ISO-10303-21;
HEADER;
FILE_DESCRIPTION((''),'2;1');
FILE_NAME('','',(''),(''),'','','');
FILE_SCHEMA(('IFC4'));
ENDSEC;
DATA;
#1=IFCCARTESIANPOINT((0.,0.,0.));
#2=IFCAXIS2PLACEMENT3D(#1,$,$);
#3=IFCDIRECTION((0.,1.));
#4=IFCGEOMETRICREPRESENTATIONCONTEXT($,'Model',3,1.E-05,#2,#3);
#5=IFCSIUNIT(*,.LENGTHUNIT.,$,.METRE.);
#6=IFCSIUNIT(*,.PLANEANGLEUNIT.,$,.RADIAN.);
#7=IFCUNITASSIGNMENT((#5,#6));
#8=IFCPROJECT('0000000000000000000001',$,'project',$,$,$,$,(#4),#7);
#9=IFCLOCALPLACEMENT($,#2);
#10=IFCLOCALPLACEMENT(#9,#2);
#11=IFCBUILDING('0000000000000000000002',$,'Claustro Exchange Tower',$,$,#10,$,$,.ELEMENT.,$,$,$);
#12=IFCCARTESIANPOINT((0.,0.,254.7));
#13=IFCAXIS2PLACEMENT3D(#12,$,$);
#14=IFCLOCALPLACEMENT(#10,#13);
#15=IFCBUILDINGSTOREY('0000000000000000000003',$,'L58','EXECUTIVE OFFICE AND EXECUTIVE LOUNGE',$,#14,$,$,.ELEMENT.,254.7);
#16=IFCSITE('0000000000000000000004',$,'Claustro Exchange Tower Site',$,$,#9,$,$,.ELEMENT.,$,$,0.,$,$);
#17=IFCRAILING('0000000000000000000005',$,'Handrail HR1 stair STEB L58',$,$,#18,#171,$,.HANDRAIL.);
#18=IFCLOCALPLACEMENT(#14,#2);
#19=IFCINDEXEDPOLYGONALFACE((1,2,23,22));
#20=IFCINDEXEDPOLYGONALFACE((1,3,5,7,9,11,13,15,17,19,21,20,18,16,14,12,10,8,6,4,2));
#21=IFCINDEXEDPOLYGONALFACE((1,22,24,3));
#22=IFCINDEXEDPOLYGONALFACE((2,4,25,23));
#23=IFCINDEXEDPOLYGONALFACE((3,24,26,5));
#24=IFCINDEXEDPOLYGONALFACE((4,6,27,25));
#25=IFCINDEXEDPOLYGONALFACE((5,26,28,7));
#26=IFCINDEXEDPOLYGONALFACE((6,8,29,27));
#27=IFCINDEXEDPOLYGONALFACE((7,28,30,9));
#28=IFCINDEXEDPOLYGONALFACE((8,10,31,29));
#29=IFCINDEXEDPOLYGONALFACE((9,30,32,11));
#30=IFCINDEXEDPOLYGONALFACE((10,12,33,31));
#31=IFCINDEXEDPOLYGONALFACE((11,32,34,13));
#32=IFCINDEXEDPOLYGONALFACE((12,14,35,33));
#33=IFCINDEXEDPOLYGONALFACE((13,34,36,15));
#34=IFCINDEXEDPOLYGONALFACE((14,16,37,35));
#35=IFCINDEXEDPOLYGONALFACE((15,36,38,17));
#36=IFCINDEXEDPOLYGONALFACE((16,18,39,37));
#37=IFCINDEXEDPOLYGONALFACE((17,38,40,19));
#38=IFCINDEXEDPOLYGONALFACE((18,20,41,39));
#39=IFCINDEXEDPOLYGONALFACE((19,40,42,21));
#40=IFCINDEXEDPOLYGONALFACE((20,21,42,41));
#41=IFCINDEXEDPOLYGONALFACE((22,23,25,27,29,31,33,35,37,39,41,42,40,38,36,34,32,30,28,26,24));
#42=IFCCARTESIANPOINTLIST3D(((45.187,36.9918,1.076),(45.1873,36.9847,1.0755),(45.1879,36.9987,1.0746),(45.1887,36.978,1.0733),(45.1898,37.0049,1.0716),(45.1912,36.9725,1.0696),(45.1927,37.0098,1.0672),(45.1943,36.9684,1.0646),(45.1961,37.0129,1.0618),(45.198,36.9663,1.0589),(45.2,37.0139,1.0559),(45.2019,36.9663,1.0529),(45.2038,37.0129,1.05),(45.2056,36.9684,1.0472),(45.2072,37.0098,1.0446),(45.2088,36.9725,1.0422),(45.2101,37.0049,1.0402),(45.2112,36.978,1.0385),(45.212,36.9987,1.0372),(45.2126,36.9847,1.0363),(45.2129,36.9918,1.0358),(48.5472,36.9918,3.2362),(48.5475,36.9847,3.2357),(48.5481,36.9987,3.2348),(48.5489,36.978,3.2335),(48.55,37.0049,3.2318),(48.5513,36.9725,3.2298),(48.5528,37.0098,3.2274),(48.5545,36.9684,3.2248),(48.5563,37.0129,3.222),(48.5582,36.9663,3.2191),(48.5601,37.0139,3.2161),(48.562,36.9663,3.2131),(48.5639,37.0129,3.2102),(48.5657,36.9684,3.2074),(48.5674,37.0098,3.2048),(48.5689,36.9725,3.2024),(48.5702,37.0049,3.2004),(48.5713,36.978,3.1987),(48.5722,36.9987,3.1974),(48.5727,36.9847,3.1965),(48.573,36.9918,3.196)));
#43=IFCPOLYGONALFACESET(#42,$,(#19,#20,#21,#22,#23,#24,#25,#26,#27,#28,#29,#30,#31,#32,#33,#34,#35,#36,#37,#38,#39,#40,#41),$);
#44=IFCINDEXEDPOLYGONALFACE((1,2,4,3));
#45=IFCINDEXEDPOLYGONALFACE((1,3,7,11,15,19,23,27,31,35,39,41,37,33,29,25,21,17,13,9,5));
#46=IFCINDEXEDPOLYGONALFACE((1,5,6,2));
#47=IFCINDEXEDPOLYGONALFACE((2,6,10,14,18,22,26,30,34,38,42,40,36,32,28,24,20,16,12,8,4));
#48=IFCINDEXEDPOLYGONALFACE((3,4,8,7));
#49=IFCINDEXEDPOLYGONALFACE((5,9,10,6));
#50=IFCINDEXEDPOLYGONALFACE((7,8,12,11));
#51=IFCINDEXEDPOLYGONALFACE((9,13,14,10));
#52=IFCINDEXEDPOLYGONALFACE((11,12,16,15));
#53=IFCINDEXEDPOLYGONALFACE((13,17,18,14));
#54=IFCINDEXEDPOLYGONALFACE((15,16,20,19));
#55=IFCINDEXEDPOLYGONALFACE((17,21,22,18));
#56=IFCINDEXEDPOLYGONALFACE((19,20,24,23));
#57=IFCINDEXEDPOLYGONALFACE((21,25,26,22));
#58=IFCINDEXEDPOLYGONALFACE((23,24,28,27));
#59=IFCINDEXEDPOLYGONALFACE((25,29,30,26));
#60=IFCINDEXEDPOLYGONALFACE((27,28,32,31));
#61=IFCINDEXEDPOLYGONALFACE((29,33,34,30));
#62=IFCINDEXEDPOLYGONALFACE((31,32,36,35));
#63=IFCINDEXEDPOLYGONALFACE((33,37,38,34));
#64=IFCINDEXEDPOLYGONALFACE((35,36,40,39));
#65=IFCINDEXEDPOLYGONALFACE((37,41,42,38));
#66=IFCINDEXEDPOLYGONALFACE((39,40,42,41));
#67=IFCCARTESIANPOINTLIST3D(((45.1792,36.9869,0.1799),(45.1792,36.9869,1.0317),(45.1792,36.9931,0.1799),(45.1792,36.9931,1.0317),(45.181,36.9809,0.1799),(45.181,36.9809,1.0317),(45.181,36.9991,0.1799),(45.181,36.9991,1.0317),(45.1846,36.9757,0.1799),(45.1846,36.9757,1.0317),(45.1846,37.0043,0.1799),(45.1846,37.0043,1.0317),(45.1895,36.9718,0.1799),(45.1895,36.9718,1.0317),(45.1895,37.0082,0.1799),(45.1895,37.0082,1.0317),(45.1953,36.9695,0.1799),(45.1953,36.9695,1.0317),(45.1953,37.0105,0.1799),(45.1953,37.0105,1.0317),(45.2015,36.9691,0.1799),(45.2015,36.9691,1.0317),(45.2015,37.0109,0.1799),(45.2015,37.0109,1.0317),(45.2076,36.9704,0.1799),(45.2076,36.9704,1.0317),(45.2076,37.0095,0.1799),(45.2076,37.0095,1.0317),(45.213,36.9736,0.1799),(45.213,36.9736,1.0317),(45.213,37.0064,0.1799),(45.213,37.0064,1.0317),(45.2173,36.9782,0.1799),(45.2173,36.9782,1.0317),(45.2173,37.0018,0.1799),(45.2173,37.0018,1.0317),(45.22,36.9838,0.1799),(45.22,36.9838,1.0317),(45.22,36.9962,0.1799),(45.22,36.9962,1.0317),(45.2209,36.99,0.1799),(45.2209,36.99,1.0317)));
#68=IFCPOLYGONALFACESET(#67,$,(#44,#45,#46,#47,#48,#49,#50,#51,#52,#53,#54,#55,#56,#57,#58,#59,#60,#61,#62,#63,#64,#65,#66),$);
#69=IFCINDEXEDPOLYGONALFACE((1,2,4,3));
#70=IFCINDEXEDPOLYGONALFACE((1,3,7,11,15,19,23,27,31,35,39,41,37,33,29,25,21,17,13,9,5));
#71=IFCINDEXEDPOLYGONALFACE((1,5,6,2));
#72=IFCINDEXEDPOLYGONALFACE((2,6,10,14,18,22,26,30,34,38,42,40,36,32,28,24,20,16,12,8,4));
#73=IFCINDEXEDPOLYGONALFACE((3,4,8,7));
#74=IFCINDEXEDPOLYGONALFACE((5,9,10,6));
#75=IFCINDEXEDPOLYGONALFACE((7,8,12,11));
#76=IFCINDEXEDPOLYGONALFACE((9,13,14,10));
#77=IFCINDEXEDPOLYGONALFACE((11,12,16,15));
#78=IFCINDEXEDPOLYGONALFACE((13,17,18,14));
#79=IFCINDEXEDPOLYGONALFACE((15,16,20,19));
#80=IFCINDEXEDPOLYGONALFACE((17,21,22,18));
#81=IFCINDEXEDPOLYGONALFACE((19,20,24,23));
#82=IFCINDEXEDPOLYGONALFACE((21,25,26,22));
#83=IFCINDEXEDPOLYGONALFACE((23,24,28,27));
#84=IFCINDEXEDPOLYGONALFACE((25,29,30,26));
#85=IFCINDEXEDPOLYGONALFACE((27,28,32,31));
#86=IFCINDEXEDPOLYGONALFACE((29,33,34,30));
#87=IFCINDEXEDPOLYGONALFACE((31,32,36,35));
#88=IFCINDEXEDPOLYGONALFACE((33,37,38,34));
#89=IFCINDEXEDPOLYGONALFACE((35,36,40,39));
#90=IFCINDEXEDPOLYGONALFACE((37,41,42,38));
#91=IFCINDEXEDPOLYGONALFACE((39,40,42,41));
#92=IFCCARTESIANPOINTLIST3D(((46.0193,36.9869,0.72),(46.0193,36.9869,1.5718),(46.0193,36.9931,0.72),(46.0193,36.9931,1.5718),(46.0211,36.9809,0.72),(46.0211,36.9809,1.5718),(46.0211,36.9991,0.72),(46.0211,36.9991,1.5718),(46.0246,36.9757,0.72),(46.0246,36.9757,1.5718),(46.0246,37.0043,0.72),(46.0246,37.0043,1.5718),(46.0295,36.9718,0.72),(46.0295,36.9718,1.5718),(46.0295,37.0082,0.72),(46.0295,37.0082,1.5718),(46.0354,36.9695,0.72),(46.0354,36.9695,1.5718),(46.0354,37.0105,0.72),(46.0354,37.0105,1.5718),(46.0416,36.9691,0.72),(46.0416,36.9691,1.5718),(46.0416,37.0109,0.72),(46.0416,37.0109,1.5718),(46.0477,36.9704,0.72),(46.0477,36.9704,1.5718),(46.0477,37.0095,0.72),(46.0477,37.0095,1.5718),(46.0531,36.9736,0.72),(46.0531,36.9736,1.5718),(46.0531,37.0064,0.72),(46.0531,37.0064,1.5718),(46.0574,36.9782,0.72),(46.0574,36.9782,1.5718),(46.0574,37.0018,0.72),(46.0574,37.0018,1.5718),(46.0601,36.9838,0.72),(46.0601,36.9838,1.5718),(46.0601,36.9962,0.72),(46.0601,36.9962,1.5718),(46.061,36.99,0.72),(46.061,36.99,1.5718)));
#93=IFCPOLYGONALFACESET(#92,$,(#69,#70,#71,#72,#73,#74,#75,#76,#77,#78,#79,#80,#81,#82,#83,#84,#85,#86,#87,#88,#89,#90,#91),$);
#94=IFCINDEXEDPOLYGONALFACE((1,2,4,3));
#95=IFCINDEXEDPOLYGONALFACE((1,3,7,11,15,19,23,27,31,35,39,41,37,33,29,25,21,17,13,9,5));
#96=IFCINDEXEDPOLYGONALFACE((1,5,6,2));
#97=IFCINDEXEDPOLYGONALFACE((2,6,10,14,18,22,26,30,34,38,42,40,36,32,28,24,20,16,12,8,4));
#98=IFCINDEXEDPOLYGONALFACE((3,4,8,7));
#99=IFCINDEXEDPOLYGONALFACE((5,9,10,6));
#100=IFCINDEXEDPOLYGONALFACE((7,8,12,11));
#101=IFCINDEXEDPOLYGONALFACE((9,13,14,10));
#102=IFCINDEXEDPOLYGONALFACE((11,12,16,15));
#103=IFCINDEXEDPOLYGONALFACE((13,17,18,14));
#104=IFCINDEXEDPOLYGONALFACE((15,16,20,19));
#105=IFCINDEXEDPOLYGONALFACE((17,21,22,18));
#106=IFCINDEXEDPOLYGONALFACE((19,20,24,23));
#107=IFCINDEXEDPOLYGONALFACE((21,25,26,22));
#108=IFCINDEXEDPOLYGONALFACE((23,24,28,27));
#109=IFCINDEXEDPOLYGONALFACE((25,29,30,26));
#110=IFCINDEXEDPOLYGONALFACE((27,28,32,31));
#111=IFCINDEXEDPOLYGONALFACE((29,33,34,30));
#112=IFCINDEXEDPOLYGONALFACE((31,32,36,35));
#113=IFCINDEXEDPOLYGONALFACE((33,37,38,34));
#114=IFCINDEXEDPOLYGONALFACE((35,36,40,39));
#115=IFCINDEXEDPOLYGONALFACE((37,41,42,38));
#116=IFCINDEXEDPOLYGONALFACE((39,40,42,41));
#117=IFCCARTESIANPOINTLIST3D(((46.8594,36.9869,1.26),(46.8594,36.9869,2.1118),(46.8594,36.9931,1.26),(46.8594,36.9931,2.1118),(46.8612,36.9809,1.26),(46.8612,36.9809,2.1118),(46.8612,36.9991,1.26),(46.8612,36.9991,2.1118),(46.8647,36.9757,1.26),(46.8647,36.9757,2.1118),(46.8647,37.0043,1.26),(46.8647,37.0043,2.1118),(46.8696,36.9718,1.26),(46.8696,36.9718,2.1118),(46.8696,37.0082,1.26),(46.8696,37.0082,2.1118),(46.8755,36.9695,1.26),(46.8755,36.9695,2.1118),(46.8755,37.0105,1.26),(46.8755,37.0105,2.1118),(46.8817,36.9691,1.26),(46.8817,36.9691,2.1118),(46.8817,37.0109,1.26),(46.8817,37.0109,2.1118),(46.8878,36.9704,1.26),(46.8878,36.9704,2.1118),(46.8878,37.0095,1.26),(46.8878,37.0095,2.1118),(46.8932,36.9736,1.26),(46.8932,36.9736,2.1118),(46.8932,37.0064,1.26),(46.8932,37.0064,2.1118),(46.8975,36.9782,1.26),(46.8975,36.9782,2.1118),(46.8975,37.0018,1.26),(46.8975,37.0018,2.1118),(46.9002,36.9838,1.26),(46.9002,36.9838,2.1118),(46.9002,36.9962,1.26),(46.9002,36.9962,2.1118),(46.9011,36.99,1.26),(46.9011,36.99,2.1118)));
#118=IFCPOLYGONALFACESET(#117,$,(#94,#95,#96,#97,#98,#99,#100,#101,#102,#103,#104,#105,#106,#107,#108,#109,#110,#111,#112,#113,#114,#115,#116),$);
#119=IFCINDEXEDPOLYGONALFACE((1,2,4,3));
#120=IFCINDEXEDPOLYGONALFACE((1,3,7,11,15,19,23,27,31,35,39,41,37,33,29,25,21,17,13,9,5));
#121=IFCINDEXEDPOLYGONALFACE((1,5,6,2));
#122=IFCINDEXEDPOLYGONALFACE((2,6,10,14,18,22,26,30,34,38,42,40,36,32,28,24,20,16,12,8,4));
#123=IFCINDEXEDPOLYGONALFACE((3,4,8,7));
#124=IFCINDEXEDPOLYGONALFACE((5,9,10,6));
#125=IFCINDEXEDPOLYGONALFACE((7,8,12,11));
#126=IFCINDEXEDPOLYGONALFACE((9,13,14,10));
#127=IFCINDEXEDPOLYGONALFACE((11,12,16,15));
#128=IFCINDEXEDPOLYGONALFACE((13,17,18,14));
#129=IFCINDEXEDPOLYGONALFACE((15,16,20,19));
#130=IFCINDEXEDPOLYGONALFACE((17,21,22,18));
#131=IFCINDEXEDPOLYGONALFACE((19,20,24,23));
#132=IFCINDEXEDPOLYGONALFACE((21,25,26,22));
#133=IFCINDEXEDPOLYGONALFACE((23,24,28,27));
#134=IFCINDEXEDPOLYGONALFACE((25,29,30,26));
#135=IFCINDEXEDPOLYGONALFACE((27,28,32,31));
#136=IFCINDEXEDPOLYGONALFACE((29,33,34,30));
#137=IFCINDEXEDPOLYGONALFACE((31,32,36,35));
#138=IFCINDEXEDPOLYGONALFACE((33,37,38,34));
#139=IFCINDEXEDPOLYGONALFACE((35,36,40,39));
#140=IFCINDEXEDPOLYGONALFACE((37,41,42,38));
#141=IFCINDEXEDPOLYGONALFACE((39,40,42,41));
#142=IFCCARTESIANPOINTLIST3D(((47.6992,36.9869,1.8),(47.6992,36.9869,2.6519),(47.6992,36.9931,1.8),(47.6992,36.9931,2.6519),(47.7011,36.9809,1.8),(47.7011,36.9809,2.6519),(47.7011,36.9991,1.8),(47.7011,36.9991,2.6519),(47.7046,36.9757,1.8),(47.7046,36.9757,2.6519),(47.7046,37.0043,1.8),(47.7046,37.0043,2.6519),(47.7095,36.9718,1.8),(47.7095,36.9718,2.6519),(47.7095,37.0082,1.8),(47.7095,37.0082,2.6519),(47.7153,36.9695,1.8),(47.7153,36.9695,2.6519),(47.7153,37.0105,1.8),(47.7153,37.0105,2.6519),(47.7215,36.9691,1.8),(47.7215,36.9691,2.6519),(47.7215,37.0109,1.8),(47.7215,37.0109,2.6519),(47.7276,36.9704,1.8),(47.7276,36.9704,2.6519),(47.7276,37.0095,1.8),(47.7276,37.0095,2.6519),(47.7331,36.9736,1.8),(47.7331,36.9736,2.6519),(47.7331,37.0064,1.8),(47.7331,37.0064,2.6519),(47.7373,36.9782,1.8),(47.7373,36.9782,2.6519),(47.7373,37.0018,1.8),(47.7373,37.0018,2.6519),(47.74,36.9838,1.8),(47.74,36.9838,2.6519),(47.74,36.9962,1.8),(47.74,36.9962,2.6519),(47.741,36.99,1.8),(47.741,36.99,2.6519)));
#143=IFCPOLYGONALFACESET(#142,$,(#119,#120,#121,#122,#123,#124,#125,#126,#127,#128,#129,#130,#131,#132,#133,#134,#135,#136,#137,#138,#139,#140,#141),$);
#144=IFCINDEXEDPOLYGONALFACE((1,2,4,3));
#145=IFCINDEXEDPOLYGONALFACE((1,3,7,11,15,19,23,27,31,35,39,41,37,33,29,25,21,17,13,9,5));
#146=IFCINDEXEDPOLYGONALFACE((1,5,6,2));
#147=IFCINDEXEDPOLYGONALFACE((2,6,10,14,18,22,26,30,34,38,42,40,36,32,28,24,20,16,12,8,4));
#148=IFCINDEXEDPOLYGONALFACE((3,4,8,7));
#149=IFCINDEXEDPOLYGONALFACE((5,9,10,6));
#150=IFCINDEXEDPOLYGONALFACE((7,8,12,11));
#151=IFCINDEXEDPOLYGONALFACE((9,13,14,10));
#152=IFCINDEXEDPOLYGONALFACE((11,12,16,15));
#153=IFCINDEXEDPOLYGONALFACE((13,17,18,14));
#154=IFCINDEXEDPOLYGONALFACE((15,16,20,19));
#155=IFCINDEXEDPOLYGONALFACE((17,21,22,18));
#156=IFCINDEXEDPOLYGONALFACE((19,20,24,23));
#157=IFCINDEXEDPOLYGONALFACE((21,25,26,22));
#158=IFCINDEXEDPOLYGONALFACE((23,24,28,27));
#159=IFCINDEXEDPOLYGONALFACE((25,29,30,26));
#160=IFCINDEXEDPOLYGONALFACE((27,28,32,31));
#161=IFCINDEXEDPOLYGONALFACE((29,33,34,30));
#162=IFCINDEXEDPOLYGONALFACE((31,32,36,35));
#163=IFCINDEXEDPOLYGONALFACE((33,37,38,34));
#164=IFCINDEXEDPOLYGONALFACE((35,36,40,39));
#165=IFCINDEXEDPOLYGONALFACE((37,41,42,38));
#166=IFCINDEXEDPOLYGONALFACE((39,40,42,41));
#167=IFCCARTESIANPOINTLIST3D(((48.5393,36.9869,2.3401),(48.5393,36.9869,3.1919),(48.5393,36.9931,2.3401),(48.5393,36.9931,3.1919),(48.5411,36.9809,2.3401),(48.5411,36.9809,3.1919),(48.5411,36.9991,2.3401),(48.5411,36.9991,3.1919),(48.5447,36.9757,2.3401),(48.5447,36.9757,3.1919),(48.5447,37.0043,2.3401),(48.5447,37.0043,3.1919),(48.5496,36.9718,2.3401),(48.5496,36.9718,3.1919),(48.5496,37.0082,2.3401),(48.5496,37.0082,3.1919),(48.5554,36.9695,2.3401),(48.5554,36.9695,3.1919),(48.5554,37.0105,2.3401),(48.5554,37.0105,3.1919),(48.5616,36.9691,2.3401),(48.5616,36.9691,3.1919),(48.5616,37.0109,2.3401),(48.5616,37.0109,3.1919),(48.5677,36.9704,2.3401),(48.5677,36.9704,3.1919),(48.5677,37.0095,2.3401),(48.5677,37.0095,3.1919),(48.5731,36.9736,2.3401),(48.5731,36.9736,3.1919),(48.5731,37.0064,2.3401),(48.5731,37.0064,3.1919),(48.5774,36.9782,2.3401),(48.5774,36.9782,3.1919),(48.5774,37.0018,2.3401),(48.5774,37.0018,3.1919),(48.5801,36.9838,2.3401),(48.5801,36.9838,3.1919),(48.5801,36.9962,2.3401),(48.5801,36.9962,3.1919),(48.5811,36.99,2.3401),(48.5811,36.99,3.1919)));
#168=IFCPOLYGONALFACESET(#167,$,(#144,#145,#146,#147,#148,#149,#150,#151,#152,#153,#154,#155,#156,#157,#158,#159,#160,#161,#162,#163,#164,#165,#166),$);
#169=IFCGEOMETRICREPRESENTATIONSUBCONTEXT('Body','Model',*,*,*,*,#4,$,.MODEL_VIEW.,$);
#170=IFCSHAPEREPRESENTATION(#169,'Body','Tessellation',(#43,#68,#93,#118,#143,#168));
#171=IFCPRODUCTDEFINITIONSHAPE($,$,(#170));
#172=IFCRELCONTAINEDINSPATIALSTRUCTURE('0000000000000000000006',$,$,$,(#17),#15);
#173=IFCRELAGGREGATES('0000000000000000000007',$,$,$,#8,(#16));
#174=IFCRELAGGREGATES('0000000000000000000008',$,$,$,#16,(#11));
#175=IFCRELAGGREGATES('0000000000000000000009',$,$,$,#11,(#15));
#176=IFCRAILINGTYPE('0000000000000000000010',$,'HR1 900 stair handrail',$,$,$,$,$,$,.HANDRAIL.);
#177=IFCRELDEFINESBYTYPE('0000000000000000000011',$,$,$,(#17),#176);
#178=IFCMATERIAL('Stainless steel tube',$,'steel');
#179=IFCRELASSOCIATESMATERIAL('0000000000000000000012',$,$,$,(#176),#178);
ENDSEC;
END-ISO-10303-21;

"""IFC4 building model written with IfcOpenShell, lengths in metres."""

from ifc_helpers import new_model, si_unit, direction, frame, origin, origin_2d, place, context, subcontext, project, spatial, circle, extrude, material, type_object, element, save


model = new_model("IFC4")

# Units and contexts
model_context = context("Model", 3, precision=1e-05, world=origin(), true_north=direction((0.0, 1.0)))
body_context = subcontext(model_context, "Body", "Model", "MODEL_VIEW")
ifc_project = project(units=[si_unit("LENGTHUNIT", "METRE"), si_unit("PLANEANGLEUNIT", "RADIAN")], contexts=[model_context])

# Site, building, storey
site_placement = place(None, origin())
site = spatial("IfcSite", under=ifc_project, at=site_placement, Name="Claustro Exchange Tower Site", CompositionType="ELEMENT", RefElevation=0.0)
building_placement = place(site_placement, origin())
building = spatial("IfcBuilding", under=site, at=building_placement, Name="Claustro Exchange Tower", CompositionType="ELEMENT")
storey_placement = place(building_placement, frame((0.0, 0.0, 254.7)))
storey = spatial("IfcBuildingStorey", under=building, at=storey_placement, Name="L58", Description="EXECUTIVE OFFICE AND EXECUTIVE LOUNGE", CompositionType="ELEMENT", Elevation=254.7)

# Railing
ifc_material_1 = material(Name="Stainless steel tube", Category="steel")
railing_type_1 = type_object("IfcRailingType", Name="HR1 900 stair handrail", PredefinedType="HANDRAIL", material=ifc_material_1)
railing_1_placement = place(storey_placement, frame((45.2, 36.99, 0.1799)))
element("IfcRailing", 1, at=railing_1_placement, inside=storey, type_object=railing_type_1, Name="Handrail HR1 stair STEB L58", PredefinedType="HANDRAIL", context=body_context, shape_type="SweptSolid", body=[
    extrude(circle(Radius=0.0239, at=origin_2d()), frame((0.0, 0.0, 0.876), z_axis=(0.841169, 0.0, 0.540773), x_axis=(0.0, 1.0, 0.0)), (0.0, 0.0, 1.0), 3.9946),
    extrude(circle(Radius=0.021, at=origin_2d()), origin(), (0.0, 0.0, 1.0), 0.8518),
    extrude(circle(Radius=0.021, at=origin_2d()), frame((0.8401, 0.0, 0.54)), (0.0, 0.0, 1.0), 0.8518),
    extrude(circle(Radius=0.021, at=origin_2d()), frame((1.6802, 0.0, 1.0801)), (0.0, 0.0, 1.0), 0.8518),
    extrude(circle(Radius=0.021, at=origin_2d()), frame((2.52, 0.0, 1.6201)), (0.0, 0.0, 1.0), 0.8518),
    extrude(circle(Radius=0.021, at=origin_2d()), frame((3.3601, 0.0, 2.1602)), (0.0, 0.0, 1.0), 0.8518),
])

save(model, "model.ifc")
